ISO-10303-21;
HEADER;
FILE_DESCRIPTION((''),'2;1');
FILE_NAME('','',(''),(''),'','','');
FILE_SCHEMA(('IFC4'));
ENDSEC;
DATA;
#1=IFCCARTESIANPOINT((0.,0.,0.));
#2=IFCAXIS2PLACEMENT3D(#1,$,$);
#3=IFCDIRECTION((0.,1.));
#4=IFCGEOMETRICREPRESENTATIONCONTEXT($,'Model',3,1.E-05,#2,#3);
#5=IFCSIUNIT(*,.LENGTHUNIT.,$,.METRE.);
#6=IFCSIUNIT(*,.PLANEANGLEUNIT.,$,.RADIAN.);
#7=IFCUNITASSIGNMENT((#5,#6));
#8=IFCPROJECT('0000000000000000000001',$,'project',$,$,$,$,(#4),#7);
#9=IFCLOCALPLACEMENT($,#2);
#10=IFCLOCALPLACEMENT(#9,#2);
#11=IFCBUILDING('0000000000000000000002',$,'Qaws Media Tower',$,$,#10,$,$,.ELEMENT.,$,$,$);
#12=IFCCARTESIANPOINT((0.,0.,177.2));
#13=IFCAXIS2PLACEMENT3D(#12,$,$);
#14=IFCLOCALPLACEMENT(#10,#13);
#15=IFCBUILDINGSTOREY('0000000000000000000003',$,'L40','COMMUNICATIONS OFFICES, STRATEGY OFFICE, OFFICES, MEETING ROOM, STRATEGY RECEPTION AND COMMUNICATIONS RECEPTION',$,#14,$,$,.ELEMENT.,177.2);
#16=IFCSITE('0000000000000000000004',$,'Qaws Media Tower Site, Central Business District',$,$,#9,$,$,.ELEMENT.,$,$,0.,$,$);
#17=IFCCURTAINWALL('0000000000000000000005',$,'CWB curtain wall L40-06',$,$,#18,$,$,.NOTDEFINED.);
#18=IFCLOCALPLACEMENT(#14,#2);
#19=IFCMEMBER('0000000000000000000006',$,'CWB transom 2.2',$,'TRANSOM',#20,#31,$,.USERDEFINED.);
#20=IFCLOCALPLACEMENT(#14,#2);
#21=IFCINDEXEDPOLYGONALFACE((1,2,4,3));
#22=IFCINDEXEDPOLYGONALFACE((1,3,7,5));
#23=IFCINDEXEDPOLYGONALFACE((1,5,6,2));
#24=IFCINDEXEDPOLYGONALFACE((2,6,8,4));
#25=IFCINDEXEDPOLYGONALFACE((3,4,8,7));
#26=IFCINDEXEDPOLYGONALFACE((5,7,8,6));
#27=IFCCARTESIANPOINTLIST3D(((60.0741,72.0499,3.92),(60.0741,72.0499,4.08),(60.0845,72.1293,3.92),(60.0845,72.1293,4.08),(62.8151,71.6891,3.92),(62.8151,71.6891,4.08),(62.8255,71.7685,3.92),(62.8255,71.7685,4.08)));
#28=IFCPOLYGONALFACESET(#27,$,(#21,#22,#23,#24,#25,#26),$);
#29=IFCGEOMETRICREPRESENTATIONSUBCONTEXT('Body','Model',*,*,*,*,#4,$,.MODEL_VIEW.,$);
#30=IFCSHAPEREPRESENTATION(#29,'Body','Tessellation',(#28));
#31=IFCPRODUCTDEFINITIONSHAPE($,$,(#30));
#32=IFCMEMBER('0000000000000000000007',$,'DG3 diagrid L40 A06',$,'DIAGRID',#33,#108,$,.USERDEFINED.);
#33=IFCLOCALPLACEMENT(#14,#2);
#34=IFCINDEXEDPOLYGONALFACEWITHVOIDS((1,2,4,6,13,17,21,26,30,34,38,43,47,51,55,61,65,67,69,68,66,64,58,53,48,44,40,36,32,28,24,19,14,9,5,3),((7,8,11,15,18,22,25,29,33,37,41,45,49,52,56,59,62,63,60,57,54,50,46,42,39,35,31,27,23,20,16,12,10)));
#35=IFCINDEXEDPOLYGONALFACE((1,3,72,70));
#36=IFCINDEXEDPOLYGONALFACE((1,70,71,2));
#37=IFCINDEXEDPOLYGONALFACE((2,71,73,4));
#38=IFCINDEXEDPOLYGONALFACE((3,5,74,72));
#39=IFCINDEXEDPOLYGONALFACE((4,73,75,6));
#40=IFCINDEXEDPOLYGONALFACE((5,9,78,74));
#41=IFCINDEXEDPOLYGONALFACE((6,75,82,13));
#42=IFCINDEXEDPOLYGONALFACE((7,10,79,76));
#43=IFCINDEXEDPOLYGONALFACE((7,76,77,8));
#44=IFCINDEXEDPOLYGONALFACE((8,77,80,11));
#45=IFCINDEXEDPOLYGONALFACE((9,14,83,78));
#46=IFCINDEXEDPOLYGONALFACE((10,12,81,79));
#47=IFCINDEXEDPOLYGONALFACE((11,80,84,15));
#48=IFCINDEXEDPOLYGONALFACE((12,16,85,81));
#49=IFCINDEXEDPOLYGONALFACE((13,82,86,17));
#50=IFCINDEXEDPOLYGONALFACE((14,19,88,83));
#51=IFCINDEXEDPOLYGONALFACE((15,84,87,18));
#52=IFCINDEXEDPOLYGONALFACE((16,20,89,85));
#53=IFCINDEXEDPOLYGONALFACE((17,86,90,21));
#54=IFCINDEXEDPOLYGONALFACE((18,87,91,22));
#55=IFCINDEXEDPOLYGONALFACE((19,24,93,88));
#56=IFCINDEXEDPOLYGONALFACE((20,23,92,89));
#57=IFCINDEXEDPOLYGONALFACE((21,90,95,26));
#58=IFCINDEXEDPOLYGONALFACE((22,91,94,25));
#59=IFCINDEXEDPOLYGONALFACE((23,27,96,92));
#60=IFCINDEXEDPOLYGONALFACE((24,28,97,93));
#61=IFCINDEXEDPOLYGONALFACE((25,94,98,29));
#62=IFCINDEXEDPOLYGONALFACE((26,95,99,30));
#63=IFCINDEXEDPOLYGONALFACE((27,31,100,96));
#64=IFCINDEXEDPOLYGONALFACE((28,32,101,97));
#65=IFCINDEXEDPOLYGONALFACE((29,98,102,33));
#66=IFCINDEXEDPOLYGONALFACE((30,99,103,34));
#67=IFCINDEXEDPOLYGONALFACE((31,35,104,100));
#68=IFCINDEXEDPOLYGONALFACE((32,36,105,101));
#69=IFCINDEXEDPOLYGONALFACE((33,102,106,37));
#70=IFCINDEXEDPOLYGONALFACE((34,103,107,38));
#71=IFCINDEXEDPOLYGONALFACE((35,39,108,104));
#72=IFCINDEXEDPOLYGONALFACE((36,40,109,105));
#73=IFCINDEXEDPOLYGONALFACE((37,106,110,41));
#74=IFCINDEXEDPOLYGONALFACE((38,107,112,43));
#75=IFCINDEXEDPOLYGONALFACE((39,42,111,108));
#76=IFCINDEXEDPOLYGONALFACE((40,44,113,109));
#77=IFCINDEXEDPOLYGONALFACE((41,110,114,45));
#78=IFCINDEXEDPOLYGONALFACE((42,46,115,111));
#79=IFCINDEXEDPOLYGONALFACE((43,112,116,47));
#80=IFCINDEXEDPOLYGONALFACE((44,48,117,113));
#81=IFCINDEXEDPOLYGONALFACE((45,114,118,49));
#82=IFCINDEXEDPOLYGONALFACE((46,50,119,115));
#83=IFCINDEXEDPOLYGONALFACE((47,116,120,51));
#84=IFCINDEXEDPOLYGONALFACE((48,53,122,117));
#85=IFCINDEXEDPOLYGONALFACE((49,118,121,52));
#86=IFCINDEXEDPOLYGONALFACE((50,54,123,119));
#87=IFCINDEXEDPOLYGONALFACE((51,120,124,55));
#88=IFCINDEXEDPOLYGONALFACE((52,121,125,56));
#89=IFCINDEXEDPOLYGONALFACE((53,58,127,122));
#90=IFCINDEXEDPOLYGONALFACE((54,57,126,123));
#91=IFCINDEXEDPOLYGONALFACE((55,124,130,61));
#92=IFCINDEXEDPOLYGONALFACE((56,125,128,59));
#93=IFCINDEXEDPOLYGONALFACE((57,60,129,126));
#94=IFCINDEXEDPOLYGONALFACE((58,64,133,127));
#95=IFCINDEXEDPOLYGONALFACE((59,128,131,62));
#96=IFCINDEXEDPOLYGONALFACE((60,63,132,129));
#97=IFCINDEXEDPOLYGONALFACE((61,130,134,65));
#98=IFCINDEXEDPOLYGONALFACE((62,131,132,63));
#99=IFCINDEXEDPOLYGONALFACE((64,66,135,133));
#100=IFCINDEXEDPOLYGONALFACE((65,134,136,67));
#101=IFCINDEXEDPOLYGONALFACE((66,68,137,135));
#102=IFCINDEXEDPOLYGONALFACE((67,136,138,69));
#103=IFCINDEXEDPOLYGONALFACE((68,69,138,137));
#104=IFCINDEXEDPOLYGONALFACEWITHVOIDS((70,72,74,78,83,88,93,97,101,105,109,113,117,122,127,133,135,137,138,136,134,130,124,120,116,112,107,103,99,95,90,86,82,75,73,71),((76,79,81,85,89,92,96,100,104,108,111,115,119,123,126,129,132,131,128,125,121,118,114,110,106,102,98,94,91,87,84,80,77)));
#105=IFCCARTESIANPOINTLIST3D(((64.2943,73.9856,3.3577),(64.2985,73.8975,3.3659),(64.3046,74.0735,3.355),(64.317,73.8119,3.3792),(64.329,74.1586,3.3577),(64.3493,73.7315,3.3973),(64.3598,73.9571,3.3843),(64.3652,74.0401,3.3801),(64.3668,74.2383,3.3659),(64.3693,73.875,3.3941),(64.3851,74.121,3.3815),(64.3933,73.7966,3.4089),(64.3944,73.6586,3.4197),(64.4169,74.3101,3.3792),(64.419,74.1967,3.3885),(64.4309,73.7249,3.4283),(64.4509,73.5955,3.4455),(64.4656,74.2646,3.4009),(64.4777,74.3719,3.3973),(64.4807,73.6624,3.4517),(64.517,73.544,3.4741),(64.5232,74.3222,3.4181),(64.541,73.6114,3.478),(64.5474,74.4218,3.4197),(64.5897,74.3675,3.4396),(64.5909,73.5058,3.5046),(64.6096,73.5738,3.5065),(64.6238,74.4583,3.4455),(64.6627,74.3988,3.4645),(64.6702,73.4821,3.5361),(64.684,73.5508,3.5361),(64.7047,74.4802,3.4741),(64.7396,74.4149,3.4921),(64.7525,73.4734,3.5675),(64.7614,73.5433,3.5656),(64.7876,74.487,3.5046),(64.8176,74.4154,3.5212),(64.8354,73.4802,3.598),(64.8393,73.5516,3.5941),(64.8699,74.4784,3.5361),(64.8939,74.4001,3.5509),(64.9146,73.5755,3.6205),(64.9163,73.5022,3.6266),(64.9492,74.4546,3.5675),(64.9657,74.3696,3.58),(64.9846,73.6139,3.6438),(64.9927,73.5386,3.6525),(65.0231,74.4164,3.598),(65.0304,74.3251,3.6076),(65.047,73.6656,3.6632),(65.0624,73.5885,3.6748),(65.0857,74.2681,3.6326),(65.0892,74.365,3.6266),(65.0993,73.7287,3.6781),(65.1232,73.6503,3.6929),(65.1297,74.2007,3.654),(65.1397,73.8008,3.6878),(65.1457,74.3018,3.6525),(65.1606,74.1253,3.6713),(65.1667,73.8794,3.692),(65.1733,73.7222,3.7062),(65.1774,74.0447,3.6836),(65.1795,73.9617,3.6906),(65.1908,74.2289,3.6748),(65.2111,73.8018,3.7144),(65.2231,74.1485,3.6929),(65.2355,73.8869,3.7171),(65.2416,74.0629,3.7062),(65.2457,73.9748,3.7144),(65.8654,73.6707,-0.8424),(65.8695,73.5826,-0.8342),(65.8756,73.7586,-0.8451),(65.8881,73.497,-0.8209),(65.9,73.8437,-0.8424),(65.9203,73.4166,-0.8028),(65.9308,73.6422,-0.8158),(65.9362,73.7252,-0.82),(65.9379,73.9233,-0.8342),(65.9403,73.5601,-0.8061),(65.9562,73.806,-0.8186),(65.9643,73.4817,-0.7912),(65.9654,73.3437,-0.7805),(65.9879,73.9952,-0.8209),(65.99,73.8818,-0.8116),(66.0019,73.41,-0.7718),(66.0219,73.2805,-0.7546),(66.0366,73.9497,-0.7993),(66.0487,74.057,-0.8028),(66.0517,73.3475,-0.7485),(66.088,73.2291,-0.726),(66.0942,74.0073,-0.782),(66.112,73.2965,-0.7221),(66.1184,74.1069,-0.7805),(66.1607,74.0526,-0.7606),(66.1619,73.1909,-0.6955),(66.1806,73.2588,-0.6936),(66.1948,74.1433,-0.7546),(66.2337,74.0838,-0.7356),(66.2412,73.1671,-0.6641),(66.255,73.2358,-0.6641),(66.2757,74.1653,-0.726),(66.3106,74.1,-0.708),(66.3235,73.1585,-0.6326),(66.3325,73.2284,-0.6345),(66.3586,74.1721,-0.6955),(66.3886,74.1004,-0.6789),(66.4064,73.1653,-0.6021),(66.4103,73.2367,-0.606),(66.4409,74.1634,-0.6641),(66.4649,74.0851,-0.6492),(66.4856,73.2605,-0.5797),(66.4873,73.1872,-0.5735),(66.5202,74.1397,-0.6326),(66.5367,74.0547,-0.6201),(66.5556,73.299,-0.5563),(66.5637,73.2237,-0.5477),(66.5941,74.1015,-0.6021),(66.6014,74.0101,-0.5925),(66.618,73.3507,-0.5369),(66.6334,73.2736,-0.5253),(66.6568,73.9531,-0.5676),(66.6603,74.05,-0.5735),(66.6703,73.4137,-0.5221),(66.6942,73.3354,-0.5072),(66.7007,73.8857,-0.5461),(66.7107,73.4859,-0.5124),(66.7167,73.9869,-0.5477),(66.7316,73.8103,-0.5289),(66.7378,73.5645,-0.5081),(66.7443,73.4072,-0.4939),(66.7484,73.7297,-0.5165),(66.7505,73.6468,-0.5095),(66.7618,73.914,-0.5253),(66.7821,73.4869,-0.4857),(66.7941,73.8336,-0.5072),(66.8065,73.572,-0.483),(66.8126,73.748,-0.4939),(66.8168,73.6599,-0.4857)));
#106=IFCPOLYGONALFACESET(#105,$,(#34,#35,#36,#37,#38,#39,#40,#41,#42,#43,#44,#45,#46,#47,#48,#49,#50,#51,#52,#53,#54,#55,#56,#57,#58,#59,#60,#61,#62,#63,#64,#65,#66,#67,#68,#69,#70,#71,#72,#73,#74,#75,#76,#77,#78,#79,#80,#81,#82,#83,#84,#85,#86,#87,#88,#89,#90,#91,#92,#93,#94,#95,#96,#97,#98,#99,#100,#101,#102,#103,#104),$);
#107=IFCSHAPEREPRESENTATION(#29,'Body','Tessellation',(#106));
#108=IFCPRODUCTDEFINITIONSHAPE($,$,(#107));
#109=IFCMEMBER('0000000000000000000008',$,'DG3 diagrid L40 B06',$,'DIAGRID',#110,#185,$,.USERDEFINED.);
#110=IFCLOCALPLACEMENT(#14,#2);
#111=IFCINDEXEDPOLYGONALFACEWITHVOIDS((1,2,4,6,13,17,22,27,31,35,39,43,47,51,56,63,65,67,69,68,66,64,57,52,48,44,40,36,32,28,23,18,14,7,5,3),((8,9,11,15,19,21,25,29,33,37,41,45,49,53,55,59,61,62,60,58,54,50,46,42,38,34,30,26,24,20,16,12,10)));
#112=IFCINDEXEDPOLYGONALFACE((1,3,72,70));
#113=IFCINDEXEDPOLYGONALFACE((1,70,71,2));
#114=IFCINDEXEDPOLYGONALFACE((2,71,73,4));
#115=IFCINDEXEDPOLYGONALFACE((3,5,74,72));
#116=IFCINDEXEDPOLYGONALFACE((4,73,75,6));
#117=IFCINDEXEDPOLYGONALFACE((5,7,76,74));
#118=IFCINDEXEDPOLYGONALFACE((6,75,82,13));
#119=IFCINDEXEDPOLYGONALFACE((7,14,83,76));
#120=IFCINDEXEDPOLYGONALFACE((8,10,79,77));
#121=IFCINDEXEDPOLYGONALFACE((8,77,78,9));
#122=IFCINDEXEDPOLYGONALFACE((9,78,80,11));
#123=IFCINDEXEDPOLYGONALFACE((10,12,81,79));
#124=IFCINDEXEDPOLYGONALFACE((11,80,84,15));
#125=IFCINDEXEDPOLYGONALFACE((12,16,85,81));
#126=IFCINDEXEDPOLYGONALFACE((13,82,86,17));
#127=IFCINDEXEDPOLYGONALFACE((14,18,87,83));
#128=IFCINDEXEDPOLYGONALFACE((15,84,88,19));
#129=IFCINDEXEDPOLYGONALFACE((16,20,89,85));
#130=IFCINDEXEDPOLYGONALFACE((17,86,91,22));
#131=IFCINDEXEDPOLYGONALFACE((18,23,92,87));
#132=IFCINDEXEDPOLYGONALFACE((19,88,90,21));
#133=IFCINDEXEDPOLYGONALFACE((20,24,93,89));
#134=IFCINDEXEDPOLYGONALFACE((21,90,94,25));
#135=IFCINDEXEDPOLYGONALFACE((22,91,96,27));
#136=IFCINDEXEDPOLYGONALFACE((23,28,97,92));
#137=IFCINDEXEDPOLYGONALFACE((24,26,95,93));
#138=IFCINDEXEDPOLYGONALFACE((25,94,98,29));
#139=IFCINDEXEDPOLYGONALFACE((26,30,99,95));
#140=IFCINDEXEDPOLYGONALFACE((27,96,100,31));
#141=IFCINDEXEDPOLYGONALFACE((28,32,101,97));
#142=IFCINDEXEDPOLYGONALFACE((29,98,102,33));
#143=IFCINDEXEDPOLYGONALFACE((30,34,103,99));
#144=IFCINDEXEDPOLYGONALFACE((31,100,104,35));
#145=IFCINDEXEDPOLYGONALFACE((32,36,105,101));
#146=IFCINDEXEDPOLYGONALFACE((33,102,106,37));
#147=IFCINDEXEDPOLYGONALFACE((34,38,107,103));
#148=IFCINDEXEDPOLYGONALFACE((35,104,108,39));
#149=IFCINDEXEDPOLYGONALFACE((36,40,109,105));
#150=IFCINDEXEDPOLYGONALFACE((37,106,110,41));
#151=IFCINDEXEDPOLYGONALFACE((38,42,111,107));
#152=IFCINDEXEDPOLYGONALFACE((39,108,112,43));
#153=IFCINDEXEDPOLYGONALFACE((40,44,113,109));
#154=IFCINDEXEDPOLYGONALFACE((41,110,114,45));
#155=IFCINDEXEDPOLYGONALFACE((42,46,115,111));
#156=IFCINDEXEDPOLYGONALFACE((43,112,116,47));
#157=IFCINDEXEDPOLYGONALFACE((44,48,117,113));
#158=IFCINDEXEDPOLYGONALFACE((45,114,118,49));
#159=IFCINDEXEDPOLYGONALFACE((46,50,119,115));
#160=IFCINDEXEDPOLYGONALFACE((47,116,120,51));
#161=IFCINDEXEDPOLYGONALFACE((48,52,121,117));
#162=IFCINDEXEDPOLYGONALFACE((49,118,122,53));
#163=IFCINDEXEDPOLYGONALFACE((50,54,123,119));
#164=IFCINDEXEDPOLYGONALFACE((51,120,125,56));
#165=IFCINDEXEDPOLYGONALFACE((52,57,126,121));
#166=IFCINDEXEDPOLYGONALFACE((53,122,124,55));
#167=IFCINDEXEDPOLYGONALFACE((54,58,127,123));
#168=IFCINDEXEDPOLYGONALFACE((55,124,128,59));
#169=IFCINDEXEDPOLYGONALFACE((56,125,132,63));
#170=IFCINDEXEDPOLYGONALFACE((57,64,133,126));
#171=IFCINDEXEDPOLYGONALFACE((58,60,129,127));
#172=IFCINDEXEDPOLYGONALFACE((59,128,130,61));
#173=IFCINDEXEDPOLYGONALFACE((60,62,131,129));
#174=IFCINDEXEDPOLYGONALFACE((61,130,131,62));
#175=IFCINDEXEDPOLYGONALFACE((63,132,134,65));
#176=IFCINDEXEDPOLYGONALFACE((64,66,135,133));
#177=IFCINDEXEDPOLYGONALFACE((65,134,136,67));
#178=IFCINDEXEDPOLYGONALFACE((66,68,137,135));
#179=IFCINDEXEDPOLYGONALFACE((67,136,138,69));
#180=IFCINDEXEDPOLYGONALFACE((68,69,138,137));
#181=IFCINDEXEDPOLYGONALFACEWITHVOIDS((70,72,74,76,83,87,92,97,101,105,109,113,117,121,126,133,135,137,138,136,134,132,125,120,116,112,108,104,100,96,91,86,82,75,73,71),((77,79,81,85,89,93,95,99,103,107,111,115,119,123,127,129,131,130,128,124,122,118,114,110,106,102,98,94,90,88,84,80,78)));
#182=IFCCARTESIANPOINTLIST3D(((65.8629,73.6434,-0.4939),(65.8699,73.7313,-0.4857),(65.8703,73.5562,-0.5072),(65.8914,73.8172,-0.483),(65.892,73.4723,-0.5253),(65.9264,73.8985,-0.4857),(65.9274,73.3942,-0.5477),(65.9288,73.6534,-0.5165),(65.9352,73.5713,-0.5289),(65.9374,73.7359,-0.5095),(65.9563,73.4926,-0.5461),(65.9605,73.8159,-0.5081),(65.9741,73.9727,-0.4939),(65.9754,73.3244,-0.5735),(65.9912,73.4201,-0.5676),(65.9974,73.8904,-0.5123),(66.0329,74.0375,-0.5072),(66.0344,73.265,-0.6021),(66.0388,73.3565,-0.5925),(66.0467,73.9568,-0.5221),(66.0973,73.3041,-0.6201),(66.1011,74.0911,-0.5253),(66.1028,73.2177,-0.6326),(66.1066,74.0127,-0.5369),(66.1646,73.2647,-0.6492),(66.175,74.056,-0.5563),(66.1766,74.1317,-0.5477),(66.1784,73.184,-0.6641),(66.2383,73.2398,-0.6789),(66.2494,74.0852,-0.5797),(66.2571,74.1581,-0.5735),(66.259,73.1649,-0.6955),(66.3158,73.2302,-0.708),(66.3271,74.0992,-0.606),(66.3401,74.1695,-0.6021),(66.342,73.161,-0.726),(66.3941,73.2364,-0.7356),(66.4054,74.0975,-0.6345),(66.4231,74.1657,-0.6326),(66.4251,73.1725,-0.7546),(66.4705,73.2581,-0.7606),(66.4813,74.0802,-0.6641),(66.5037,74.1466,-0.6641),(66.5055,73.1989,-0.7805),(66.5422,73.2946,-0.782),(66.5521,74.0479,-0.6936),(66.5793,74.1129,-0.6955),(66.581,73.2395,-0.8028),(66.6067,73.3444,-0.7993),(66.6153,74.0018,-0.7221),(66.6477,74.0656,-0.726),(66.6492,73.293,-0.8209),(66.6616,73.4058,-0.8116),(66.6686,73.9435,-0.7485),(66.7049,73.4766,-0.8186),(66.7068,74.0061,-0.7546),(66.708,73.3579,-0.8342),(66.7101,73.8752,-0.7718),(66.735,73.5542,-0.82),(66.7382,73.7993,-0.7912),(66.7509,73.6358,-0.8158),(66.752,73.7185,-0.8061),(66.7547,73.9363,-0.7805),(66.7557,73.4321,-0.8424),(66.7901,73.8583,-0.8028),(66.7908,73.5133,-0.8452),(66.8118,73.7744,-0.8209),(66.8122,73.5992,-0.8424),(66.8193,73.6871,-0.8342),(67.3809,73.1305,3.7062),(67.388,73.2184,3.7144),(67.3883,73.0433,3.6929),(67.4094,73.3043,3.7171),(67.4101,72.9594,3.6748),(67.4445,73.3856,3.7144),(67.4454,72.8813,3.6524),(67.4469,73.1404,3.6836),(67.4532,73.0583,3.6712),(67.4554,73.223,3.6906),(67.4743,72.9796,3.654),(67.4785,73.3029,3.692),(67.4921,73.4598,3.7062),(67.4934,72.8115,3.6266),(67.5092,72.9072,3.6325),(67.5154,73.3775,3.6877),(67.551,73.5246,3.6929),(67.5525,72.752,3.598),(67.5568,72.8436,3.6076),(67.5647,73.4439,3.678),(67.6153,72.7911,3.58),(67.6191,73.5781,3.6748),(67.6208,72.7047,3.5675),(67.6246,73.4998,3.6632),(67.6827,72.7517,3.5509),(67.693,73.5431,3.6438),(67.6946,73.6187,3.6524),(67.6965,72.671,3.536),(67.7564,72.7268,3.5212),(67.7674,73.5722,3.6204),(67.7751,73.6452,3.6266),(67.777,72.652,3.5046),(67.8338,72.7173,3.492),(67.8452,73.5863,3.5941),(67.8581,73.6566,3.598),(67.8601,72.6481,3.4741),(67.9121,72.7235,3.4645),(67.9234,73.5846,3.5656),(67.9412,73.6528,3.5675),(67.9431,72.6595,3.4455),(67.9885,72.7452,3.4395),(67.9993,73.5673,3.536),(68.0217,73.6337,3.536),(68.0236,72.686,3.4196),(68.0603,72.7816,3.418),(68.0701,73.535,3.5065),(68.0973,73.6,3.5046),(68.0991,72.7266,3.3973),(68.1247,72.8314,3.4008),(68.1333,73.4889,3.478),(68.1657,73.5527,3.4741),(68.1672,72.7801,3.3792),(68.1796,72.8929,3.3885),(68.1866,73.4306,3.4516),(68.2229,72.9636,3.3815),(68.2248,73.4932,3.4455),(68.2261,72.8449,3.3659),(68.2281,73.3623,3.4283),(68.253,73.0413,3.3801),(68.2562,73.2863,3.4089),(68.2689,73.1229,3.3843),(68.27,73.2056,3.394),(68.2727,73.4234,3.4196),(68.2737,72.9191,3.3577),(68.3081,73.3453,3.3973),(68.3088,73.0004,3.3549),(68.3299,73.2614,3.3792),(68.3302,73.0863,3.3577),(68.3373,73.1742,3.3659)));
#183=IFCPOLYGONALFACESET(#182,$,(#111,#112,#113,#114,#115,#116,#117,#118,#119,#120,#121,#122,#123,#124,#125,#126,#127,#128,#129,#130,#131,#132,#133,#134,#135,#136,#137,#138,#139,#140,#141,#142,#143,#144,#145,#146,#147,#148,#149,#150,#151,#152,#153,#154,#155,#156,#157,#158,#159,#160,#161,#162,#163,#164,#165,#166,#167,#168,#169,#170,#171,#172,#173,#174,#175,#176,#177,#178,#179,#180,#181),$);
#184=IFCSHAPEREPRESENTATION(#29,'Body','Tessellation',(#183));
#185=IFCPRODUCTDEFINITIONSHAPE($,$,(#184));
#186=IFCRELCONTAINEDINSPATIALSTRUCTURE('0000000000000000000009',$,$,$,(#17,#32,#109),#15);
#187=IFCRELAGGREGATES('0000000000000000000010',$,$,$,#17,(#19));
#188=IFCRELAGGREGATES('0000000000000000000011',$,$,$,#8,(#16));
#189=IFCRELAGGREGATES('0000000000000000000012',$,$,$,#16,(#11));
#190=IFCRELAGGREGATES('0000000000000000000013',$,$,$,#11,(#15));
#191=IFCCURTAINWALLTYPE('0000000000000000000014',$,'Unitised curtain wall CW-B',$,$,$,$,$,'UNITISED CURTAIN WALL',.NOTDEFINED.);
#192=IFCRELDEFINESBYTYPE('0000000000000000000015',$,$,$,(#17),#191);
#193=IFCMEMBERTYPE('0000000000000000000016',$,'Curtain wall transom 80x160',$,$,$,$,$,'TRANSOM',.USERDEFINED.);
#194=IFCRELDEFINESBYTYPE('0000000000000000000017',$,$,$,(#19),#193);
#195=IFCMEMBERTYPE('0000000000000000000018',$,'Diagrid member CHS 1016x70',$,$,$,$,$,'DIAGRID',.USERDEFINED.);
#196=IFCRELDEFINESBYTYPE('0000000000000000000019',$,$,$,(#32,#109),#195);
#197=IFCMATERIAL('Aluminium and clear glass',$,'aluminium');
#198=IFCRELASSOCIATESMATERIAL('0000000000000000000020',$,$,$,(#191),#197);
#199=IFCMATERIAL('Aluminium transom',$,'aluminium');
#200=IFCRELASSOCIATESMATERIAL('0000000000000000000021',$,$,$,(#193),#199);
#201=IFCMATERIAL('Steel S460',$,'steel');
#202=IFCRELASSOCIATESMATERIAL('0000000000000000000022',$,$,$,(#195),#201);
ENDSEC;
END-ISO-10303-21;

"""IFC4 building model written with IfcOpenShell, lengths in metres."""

from ifc_helpers import new_model, si_unit, direction, frame, origin, origin_2d, place, context, subcontext, project, spatial, rectangle, hollow_circle, extrude, material, material_profile, profile_set, type_object, element, aggregate, save


model = new_model("IFC4")

# Units and contexts
model_context = context("Model", 3, precision=1e-05, world=origin(), true_north=direction((0.0, 1.0)))
body_context = subcontext(model_context, "Body", "Model", "MODEL_VIEW")
ifc_project = project(units=[si_unit("LENGTHUNIT", "METRE"), si_unit("PLANEANGLEUNIT", "RADIAN")], contexts=[model_context])

# Site, building, storey
site_placement = place(None, origin())
site = spatial("IfcSite", under=ifc_project, at=site_placement, Name="Qaws Media Tower Site, Central Business District", CompositionType="ELEMENT", RefElevation=0.0)
building_placement = place(site_placement, origin())
building = spatial("IfcBuilding", under=site, at=building_placement, Name="Qaws Media Tower", CompositionType="ELEMENT")
storey_placement = place(building_placement, frame((0.0, 0.0, 177.2)))
storey = spatial("IfcBuildingStorey", under=building, at=storey_placement, Name="L40", Description="COMMUNICATIONS OFFICES, STRATEGY OFFICE, OFFICES, MEETING ROOM, STRATEGY RECEPTION AND COMMUNICATIONS RECEPTION", CompositionType="ELEMENT", Elevation=177.2)

# Shared definitions
ifc_material_1 = material(Name="Aluminium and clear glass", Category="aluminium")
curtain_wall_type = type_object("IfcCurtainWallType", Name="Unitised curtain wall CW-B", ElementType="UNITISED CURTAIN WALL", PredefinedType="NOTDEFINED", material=ifc_material_1)

# Curtain wall
curtain_wall_1_placement = place(storey_placement, origin())
curtain_wall_1 = element("IfcCurtainWall", 1, at=curtain_wall_1_placement, inside=storey, type_object=curtain_wall_type, Name="CWB curtain wall L40-06", PredefinedType="NOTDEFINED")

# Member
ifc_material_2 = material(Name="Aluminium transom", Category="aluminium")
ifc_material_profile_1 = material_profile(ifc_material_2, rectangle(XDim=0.0801, YDim=0.1599, at=origin_2d()), Name="80x160")
ifc_profile_set_1 = profile_set([ifc_material_profile_1], Name="Aluminium transom")
member_type_1 = type_object("IfcMemberType", Name="Curtain wall transom 80x160", ElementType="TRANSOM", PredefinedType="USERDEFINED", material=ifc_profile_set_1)
member_1_placement = place(storey_placement, frame((62.8203, 71.7288, 4.0), z_axis=(-0.991446, 0.130521, 0.0), x_axis=(-0.130521, -0.991446, 0.0)))
member_1 = element("IfcMember", 2, at=member_1_placement, type_object=member_type_1, Name="CWB transom 2.2", ObjectType="TRANSOM", PredefinedType="USERDEFINED", context=body_context, shape_type="SweptSolid", body=[
    extrude(rectangle(XDim=0.0801, YDim=0.1599, at=origin_2d()), origin(), (0.0, 0.0, 1.0), 2.7646),
])

# Members
ifc_material_3 = material(Name="Steel S460", Category="steel")
ifc_material_profile_2 = material_profile(ifc_material_3, hollow_circle(Radius=0.5081, WallThickness=0.0701, at=origin_2d()), Name="CHS 1016x70")
ifc_profile_set_2 = profile_set([ifc_material_profile_2], Name="Steel S460")
member_type_2 = type_object("IfcMemberType", Name="Diagrid member CHS 1016x70", ElementType="DIAGRID", PredefinedType="USERDEFINED", material=ifc_profile_set_2)
for number, where, z_axis, x_axis, name in (
    (3, (66.3411, 73.6653, -0.6641), (-0.349475, 0.070058, 0.934323), (-0.196556, -0.980493, 0.0), "DG3 diagrid L40 A06"),
    (4, (66.3411, 73.6653, -0.6641), (0.337688, -0.114101, 0.934317), (0.32011, 0.94738, 0.0), "DG3 diagrid L40 B06"),
):
    element("IfcMember", number, at=place(storey_placement, frame(where, z_axis=z_axis, x_axis=x_axis)), inside=storey, type_object=member_type_2, Name=name, ObjectType="DIAGRID", PredefinedType="USERDEFINED", context=body_context, shape_type="SweptSolid", body=[
        extrude(hollow_circle(Radius=0.5081, WallThickness=0.0701, at=origin_2d()), origin(), (0.0, 0.0, 1.0), 4.4954),
    ])

aggregate(curtain_wall_1, [member_1])

save(model, "model.ifc")
